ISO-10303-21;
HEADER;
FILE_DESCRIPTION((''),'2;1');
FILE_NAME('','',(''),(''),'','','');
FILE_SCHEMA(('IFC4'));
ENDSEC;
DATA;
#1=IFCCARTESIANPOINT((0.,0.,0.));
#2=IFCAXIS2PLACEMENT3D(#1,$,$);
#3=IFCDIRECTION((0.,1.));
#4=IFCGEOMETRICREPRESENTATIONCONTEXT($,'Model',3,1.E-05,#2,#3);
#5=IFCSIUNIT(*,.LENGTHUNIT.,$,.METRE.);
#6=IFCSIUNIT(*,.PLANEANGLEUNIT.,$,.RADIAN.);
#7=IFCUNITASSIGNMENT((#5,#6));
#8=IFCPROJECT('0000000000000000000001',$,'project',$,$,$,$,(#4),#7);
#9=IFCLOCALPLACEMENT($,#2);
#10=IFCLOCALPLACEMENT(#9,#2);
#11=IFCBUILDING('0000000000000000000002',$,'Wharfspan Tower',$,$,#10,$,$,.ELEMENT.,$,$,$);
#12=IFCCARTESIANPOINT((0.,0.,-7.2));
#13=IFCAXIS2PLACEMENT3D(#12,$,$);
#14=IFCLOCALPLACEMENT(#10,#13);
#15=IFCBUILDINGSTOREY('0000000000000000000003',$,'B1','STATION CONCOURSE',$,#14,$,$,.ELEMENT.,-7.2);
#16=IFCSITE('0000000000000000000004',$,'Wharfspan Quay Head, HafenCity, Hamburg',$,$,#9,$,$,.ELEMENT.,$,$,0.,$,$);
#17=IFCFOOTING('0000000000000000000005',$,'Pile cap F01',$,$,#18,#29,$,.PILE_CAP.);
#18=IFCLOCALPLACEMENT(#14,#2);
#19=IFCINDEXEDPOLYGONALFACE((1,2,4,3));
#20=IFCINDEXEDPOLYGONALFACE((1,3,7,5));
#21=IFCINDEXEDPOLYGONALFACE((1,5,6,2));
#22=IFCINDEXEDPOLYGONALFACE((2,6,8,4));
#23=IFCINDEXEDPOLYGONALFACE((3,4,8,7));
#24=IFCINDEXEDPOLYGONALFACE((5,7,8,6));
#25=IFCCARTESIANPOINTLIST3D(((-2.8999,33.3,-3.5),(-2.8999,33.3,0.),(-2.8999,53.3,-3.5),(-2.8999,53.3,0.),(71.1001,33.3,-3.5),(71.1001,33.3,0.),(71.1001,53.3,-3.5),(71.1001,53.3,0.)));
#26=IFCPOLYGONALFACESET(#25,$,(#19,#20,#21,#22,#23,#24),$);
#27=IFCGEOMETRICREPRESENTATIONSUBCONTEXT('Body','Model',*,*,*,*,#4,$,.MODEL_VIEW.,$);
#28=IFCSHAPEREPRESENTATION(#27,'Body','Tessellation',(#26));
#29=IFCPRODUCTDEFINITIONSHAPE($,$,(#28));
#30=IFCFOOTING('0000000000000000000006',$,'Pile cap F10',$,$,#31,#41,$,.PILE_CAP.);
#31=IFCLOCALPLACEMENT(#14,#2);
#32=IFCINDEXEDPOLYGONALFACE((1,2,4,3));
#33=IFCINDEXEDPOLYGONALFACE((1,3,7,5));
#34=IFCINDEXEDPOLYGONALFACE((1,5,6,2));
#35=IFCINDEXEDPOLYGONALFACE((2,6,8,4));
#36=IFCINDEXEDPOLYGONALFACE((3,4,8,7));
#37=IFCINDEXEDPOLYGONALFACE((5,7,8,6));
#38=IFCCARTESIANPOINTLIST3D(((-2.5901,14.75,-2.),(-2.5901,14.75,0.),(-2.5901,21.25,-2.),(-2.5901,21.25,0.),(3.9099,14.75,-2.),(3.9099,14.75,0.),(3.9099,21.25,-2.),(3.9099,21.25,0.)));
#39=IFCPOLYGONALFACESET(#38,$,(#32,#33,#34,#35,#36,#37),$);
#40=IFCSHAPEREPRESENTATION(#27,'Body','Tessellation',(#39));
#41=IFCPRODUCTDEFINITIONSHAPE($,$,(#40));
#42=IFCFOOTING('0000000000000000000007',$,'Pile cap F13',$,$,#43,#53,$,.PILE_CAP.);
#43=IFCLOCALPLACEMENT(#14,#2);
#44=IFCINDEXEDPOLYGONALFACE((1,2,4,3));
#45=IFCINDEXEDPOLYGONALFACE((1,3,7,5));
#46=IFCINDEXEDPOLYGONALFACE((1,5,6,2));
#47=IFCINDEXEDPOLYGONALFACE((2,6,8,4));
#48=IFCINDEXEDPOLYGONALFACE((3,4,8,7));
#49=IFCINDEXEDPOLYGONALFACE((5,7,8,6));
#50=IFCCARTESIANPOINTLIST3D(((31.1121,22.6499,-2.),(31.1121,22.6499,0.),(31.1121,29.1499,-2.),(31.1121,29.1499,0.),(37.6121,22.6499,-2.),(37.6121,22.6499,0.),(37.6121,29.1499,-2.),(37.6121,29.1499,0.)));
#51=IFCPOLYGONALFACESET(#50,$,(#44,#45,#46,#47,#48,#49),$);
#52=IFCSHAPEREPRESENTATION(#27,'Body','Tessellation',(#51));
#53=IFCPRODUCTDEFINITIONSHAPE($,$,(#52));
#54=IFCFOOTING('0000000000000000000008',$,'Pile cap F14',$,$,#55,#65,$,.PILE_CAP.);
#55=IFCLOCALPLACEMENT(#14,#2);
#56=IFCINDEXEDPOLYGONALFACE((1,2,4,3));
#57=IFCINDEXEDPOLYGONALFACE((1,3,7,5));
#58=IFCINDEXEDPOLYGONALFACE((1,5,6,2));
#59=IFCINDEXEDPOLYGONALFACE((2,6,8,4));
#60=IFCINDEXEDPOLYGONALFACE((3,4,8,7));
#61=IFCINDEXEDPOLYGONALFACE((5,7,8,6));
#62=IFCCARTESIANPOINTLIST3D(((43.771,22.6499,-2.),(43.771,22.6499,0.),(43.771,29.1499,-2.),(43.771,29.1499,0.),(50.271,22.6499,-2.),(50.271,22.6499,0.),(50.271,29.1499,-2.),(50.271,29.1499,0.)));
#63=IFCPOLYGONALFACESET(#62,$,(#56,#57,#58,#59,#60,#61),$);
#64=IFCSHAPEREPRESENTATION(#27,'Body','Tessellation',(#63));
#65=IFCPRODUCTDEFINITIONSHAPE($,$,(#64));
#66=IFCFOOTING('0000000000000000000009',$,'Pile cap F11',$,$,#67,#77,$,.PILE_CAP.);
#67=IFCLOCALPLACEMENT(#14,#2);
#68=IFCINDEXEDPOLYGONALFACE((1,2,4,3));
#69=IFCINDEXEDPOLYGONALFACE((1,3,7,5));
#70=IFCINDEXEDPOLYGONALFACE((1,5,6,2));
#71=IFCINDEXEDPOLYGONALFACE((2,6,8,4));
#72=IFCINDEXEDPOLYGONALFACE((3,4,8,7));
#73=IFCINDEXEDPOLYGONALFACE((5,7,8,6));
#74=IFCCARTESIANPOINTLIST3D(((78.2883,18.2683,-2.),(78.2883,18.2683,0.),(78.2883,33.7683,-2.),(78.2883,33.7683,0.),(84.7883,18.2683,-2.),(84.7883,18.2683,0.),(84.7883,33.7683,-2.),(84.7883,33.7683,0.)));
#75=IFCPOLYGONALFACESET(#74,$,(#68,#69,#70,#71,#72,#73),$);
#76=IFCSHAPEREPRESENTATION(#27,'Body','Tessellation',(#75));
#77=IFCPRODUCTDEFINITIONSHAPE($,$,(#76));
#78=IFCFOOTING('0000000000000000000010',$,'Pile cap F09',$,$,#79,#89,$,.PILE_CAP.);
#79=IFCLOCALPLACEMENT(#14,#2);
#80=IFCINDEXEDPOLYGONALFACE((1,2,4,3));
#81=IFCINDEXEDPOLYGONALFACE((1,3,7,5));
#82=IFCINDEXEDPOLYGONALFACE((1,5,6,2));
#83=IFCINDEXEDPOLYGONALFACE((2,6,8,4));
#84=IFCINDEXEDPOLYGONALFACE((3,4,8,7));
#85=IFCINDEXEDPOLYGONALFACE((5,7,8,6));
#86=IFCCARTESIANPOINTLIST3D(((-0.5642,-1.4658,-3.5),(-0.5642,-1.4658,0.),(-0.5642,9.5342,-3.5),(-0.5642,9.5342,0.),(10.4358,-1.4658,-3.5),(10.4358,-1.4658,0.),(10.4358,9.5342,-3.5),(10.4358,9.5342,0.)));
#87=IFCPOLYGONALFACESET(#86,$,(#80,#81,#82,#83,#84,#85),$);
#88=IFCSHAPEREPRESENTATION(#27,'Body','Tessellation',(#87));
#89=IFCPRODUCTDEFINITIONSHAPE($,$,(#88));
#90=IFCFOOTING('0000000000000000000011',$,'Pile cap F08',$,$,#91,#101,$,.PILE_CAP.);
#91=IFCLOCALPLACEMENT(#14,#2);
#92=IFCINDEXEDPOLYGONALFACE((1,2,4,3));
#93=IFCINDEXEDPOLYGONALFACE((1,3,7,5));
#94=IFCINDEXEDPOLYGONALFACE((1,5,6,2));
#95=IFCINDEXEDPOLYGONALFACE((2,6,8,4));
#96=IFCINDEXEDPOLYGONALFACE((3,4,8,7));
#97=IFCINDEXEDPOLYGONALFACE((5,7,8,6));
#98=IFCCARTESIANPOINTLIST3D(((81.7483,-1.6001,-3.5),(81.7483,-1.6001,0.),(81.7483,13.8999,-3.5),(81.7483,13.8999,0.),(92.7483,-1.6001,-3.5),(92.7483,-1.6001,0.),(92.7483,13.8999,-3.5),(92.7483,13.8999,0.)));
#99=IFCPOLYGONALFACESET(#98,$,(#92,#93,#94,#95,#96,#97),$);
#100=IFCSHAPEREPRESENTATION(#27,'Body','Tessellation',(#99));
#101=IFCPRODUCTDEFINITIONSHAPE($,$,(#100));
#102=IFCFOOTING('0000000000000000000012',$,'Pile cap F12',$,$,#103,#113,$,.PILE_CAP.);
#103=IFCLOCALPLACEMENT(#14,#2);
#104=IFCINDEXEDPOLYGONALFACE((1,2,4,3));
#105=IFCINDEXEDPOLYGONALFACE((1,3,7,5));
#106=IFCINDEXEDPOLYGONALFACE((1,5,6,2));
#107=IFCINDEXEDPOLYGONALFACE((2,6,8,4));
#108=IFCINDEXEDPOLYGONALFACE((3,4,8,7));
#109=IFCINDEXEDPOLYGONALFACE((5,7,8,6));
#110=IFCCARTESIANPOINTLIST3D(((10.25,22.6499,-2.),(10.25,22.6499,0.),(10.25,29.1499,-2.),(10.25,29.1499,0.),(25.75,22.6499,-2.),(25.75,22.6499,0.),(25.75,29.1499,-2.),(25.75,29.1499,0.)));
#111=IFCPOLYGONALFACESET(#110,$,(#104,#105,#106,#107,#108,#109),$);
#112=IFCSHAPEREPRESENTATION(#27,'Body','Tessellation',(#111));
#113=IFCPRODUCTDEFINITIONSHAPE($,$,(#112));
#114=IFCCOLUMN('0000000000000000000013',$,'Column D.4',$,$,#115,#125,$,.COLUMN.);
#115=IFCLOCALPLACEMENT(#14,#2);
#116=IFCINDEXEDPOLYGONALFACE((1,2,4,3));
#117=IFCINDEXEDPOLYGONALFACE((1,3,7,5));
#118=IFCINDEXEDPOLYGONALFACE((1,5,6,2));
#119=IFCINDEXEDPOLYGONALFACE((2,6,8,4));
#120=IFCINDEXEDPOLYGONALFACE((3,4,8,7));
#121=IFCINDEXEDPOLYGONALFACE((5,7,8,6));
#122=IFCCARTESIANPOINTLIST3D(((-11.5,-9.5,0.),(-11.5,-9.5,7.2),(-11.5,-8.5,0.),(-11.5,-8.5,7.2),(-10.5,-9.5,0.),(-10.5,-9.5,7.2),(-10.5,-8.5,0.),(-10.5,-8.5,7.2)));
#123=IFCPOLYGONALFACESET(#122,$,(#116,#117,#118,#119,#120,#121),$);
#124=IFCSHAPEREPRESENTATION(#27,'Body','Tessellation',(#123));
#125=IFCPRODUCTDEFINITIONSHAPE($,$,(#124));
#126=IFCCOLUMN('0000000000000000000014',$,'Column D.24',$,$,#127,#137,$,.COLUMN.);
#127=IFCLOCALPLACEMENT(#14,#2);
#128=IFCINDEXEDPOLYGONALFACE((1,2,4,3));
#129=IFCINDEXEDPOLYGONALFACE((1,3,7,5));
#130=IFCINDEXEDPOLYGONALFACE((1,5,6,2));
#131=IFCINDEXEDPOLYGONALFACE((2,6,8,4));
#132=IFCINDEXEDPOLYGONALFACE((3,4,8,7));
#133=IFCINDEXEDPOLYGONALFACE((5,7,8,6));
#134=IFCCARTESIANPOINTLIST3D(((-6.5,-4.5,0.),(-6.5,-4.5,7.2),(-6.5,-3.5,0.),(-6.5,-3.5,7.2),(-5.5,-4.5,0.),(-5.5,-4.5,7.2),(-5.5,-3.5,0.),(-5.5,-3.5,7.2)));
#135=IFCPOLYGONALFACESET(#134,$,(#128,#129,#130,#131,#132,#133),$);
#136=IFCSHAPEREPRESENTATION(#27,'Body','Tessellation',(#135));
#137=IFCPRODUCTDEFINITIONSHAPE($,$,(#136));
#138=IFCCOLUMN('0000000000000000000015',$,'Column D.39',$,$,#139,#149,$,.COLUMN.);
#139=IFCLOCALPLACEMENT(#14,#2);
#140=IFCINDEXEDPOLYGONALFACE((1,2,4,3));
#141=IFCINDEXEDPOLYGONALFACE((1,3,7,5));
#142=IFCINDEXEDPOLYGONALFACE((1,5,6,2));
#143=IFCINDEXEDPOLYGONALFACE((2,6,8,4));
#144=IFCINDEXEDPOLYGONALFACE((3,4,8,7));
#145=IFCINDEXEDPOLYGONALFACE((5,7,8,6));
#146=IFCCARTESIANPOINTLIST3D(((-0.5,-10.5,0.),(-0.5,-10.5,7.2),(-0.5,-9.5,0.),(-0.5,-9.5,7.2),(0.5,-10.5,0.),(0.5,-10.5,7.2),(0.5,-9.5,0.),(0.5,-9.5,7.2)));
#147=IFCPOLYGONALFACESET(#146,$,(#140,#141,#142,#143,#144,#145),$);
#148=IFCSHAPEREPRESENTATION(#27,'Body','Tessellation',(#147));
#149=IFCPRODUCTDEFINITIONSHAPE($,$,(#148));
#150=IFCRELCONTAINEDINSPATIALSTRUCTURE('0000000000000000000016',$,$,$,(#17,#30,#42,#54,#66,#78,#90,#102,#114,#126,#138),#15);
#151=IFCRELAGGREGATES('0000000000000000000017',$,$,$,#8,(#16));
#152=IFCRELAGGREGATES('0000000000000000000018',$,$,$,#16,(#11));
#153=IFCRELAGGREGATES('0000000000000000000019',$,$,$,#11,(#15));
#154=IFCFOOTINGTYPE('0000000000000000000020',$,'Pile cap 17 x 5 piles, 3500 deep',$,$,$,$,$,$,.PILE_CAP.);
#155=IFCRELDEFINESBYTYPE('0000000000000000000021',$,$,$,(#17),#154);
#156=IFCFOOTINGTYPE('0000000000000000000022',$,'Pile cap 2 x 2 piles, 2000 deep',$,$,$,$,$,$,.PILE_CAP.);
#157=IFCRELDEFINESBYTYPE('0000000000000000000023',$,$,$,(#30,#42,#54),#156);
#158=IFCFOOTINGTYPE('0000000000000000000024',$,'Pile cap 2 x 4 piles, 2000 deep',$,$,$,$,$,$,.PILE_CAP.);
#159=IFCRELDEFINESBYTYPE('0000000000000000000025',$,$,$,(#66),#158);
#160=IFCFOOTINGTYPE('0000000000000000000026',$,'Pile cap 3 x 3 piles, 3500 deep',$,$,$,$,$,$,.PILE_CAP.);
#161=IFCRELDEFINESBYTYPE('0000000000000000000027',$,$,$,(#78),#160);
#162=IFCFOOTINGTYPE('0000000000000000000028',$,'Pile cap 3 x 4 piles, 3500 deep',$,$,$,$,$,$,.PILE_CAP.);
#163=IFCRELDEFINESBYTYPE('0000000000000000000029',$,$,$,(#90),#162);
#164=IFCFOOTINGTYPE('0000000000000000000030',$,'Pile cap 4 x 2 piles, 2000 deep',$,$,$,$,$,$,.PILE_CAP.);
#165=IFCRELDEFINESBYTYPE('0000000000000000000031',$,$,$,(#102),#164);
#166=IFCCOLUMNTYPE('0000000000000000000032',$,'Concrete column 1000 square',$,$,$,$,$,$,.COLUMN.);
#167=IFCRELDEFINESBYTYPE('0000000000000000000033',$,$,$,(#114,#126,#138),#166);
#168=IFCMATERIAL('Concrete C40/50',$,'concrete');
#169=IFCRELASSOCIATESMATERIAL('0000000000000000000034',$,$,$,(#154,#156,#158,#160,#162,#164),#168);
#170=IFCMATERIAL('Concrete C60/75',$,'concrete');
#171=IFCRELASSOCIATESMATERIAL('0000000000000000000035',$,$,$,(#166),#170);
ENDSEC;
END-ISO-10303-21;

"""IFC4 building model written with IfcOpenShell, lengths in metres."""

from ifc_helpers import new_model, si_unit, direction, frame, origin, origin_2d, place, context, subcontext, project, spatial, polyline, rectangle, outline, extrude, material, material_profile, profile_set, type_object, element, save


model = new_model("IFC4")

# Units and contexts
model_context = context("Model", 3, precision=1e-05, world=origin(), true_north=direction((0.0, 1.0)))
body_context = subcontext(model_context, "Body", "Model", "MODEL_VIEW")
ifc_project = project(units=[si_unit("LENGTHUNIT", "METRE"), si_unit("PLANEANGLEUNIT", "RADIAN")], contexts=[model_context])

# Site, building, storey
site_placement = place(None, origin())
site = spatial("IfcSite", under=ifc_project, at=site_placement, Name="Wharfspan Quay Head, HafenCity, Hamburg", CompositionType="ELEMENT", RefElevation=0.0)
building_placement = place(site_placement, origin())
building = spatial("IfcBuilding", under=site, at=building_placement, Name="Wharfspan Tower", CompositionType="ELEMENT")
storey_placement = place(building_placement, frame((0.0, 0.0, -7.2)))
storey = spatial("IfcBuildingStorey", under=building, at=storey_placement, Name="B1", Description="STATION CONCOURSE", CompositionType="ELEMENT", Elevation=-7.2)

# Footings
ifc_material_1 = material(Name="Concrete C40/50", Category="concrete")
footing_type_1 = type_object("IfcFootingType", Name="Pile cap 17 x 5 piles, 3500 deep", PredefinedType="PILE_CAP", material=ifc_material_1)
footing_1_placement = place(storey_placement, frame((0.0, 0.0, -3.5)))
element("IfcFooting", 1, at=footing_1_placement, inside=storey, type_object=footing_type_1, Name="Pile cap F01", PredefinedType="PILE_CAP", context=body_context, shape_type="SweptSolid", body=[
    extrude(outline(polyline([(-2.8999, 33.3), (71.1001, 33.3), (71.1001, 53.3), (-2.8999, 53.3), (-2.8999, 33.3)])), origin(), (0.0, 0.0, 1.0), 3.5),
])
footing_type_2 = type_object("IfcFootingType", Name="Pile cap 2 x 2 piles, 2000 deep", PredefinedType="PILE_CAP", material=ifc_material_1)
footing_2_placement = place(storey_placement, frame((0.0, 0.0, -2.0)))
element("IfcFooting", 2, at=footing_2_placement, inside=storey, type_object=footing_type_2, Name="Pile cap F10", PredefinedType="PILE_CAP", context=body_context, shape_type="SweptSolid", body=[
    extrude(outline(polyline([(-2.5901, 14.75), (3.9099, 14.75), (3.9099, 21.25), (-2.5901, 21.25), (-2.5901, 14.75)])), origin(), (0.0, 0.0, 1.0), 2.0),
])
footing_3_placement = place(storey_placement, frame((0.0, 0.0, -2.0)))
element("IfcFooting", 3, at=footing_3_placement, inside=storey, type_object=footing_type_2, Name="Pile cap F13", PredefinedType="PILE_CAP", context=body_context, shape_type="SweptSolid", body=[
    extrude(outline(polyline([(31.1121, 22.6499), (37.6121, 22.6499), (37.6121, 29.1499), (31.1121, 29.1499), (31.1121, 22.6499)])), origin(), (0.0, 0.0, 1.0), 2.0),
])
footing_4_placement = place(storey_placement, frame((0.0, 0.0, -2.0)))
element("IfcFooting", 4, at=footing_4_placement, inside=storey, type_object=footing_type_2, Name="Pile cap F14", PredefinedType="PILE_CAP", context=body_context, shape_type="SweptSolid", body=[
    extrude(outline(polyline([(43.771, 22.6499), (50.271, 22.6499), (50.271, 29.1499), (43.771, 29.1499), (43.771, 22.6499)])), origin(), (0.0, 0.0, 1.0), 2.0),
])
footing_type_3 = type_object("IfcFootingType", Name="Pile cap 2 x 4 piles, 2000 deep", PredefinedType="PILE_CAP", material=ifc_material_1)
footing_5_placement = place(storey_placement, frame((0.0, 0.0, -2.0)))
element("IfcFooting", 5, at=footing_5_placement, inside=storey, type_object=footing_type_3, Name="Pile cap F11", PredefinedType="PILE_CAP", context=body_context, shape_type="SweptSolid", body=[
    extrude(outline(polyline([(78.2883, 18.2683), (84.7883, 18.2683), (84.7883, 33.7683), (78.2883, 33.7683), (78.2883, 18.2683)])), origin(), (0.0, 0.0, 1.0), 2.0),
])
footing_type_4 = type_object("IfcFootingType", Name="Pile cap 3 x 3 piles, 3500 deep", PredefinedType="PILE_CAP", material=ifc_material_1)
footing_6_placement = place(storey_placement, frame((0.0, 0.0, -3.5)))
element("IfcFooting", 6, at=footing_6_placement, inside=storey, type_object=footing_type_4, Name="Pile cap F09", PredefinedType="PILE_CAP", context=body_context, shape_type="SweptSolid", body=[
    extrude(outline(polyline([(-0.5642, -1.4658), (10.4358, -1.4658), (10.4358, 9.5342), (-0.5642, 9.5342), (-0.5642, -1.4658)])), origin(), (0.0, 0.0, 1.0), 3.5),
])
footing_type_5 = type_object("IfcFootingType", Name="Pile cap 3 x 4 piles, 3500 deep", PredefinedType="PILE_CAP", material=ifc_material_1)
footing_7_placement = place(storey_placement, frame((0.0, 0.0, -3.5)))
element("IfcFooting", 7, at=footing_7_placement, inside=storey, type_object=footing_type_5, Name="Pile cap F08", PredefinedType="PILE_CAP", context=body_context, shape_type="SweptSolid", body=[
    extrude(outline(polyline([(81.7483, -1.6001), (92.7483, -1.6001), (92.7483, 13.8999), (81.7483, 13.8999), (81.7483, -1.6001)])), origin(), (0.0, 0.0, 1.0), 3.5),
])
footing_type_6 = type_object("IfcFootingType", Name="Pile cap 4 x 2 piles, 2000 deep", PredefinedType="PILE_CAP", material=ifc_material_1)
footing_8_placement = place(storey_placement, frame((0.0, 0.0, -2.0)))
element("IfcFooting", 8, at=footing_8_placement, inside=storey, type_object=footing_type_6, Name="Pile cap F12", PredefinedType="PILE_CAP", context=body_context, shape_type="SweptSolid", body=[
    extrude(outline(polyline([(10.25, 22.6499), (25.75, 22.6499), (25.75, 29.1499), (10.25, 29.1499), (10.25, 22.6499)])), origin(), (0.0, 0.0, 1.0), 2.0),
])

# Columns
ifc_material_2 = material(Name="Concrete C60/75", Category="concrete")
ifc_material_profile = material_profile(ifc_material_2, rectangle(XDim=1.0, YDim=1.0, at=origin_2d()))
ifc_profile_set = profile_set([ifc_material_profile], Name="Concrete C60/75")
column_type = type_object("IfcColumnType", Name="Concrete column 1000 square", PredefinedType="COLUMN", material=ifc_profile_set)
for number, where, z_axis, x_axis, name in (
    (9, (-11.0, -9.0, 0.0), (0.0, 0.0, 1.0), (1.0, 0.0, 0.0), "Column D.4"),
    (10, (-6.0, -4.0, 0.0), (0.0, 0.0, 1.0), (1.0, 0.0, 0.0), "Column D.24"),
    (11, (0.0, -10.0, 0.0), (0.0, 0.0, 1.0), (1.0, 0.0, 0.0), "Column D.39"),
):
    element("IfcColumn", number, at=place(storey_placement, frame(where, z_axis=z_axis, x_axis=x_axis)), inside=storey, type_object=column_type, Name=name, PredefinedType="COLUMN", context=body_context, shape_type="SweptSolid", body=[
        extrude(rectangle(XDim=1.0, YDim=1.0, at=origin_2d()), origin(), (0.0, 0.0, 1.0), 7.2),
    ])

save(model, "model.ifc")
